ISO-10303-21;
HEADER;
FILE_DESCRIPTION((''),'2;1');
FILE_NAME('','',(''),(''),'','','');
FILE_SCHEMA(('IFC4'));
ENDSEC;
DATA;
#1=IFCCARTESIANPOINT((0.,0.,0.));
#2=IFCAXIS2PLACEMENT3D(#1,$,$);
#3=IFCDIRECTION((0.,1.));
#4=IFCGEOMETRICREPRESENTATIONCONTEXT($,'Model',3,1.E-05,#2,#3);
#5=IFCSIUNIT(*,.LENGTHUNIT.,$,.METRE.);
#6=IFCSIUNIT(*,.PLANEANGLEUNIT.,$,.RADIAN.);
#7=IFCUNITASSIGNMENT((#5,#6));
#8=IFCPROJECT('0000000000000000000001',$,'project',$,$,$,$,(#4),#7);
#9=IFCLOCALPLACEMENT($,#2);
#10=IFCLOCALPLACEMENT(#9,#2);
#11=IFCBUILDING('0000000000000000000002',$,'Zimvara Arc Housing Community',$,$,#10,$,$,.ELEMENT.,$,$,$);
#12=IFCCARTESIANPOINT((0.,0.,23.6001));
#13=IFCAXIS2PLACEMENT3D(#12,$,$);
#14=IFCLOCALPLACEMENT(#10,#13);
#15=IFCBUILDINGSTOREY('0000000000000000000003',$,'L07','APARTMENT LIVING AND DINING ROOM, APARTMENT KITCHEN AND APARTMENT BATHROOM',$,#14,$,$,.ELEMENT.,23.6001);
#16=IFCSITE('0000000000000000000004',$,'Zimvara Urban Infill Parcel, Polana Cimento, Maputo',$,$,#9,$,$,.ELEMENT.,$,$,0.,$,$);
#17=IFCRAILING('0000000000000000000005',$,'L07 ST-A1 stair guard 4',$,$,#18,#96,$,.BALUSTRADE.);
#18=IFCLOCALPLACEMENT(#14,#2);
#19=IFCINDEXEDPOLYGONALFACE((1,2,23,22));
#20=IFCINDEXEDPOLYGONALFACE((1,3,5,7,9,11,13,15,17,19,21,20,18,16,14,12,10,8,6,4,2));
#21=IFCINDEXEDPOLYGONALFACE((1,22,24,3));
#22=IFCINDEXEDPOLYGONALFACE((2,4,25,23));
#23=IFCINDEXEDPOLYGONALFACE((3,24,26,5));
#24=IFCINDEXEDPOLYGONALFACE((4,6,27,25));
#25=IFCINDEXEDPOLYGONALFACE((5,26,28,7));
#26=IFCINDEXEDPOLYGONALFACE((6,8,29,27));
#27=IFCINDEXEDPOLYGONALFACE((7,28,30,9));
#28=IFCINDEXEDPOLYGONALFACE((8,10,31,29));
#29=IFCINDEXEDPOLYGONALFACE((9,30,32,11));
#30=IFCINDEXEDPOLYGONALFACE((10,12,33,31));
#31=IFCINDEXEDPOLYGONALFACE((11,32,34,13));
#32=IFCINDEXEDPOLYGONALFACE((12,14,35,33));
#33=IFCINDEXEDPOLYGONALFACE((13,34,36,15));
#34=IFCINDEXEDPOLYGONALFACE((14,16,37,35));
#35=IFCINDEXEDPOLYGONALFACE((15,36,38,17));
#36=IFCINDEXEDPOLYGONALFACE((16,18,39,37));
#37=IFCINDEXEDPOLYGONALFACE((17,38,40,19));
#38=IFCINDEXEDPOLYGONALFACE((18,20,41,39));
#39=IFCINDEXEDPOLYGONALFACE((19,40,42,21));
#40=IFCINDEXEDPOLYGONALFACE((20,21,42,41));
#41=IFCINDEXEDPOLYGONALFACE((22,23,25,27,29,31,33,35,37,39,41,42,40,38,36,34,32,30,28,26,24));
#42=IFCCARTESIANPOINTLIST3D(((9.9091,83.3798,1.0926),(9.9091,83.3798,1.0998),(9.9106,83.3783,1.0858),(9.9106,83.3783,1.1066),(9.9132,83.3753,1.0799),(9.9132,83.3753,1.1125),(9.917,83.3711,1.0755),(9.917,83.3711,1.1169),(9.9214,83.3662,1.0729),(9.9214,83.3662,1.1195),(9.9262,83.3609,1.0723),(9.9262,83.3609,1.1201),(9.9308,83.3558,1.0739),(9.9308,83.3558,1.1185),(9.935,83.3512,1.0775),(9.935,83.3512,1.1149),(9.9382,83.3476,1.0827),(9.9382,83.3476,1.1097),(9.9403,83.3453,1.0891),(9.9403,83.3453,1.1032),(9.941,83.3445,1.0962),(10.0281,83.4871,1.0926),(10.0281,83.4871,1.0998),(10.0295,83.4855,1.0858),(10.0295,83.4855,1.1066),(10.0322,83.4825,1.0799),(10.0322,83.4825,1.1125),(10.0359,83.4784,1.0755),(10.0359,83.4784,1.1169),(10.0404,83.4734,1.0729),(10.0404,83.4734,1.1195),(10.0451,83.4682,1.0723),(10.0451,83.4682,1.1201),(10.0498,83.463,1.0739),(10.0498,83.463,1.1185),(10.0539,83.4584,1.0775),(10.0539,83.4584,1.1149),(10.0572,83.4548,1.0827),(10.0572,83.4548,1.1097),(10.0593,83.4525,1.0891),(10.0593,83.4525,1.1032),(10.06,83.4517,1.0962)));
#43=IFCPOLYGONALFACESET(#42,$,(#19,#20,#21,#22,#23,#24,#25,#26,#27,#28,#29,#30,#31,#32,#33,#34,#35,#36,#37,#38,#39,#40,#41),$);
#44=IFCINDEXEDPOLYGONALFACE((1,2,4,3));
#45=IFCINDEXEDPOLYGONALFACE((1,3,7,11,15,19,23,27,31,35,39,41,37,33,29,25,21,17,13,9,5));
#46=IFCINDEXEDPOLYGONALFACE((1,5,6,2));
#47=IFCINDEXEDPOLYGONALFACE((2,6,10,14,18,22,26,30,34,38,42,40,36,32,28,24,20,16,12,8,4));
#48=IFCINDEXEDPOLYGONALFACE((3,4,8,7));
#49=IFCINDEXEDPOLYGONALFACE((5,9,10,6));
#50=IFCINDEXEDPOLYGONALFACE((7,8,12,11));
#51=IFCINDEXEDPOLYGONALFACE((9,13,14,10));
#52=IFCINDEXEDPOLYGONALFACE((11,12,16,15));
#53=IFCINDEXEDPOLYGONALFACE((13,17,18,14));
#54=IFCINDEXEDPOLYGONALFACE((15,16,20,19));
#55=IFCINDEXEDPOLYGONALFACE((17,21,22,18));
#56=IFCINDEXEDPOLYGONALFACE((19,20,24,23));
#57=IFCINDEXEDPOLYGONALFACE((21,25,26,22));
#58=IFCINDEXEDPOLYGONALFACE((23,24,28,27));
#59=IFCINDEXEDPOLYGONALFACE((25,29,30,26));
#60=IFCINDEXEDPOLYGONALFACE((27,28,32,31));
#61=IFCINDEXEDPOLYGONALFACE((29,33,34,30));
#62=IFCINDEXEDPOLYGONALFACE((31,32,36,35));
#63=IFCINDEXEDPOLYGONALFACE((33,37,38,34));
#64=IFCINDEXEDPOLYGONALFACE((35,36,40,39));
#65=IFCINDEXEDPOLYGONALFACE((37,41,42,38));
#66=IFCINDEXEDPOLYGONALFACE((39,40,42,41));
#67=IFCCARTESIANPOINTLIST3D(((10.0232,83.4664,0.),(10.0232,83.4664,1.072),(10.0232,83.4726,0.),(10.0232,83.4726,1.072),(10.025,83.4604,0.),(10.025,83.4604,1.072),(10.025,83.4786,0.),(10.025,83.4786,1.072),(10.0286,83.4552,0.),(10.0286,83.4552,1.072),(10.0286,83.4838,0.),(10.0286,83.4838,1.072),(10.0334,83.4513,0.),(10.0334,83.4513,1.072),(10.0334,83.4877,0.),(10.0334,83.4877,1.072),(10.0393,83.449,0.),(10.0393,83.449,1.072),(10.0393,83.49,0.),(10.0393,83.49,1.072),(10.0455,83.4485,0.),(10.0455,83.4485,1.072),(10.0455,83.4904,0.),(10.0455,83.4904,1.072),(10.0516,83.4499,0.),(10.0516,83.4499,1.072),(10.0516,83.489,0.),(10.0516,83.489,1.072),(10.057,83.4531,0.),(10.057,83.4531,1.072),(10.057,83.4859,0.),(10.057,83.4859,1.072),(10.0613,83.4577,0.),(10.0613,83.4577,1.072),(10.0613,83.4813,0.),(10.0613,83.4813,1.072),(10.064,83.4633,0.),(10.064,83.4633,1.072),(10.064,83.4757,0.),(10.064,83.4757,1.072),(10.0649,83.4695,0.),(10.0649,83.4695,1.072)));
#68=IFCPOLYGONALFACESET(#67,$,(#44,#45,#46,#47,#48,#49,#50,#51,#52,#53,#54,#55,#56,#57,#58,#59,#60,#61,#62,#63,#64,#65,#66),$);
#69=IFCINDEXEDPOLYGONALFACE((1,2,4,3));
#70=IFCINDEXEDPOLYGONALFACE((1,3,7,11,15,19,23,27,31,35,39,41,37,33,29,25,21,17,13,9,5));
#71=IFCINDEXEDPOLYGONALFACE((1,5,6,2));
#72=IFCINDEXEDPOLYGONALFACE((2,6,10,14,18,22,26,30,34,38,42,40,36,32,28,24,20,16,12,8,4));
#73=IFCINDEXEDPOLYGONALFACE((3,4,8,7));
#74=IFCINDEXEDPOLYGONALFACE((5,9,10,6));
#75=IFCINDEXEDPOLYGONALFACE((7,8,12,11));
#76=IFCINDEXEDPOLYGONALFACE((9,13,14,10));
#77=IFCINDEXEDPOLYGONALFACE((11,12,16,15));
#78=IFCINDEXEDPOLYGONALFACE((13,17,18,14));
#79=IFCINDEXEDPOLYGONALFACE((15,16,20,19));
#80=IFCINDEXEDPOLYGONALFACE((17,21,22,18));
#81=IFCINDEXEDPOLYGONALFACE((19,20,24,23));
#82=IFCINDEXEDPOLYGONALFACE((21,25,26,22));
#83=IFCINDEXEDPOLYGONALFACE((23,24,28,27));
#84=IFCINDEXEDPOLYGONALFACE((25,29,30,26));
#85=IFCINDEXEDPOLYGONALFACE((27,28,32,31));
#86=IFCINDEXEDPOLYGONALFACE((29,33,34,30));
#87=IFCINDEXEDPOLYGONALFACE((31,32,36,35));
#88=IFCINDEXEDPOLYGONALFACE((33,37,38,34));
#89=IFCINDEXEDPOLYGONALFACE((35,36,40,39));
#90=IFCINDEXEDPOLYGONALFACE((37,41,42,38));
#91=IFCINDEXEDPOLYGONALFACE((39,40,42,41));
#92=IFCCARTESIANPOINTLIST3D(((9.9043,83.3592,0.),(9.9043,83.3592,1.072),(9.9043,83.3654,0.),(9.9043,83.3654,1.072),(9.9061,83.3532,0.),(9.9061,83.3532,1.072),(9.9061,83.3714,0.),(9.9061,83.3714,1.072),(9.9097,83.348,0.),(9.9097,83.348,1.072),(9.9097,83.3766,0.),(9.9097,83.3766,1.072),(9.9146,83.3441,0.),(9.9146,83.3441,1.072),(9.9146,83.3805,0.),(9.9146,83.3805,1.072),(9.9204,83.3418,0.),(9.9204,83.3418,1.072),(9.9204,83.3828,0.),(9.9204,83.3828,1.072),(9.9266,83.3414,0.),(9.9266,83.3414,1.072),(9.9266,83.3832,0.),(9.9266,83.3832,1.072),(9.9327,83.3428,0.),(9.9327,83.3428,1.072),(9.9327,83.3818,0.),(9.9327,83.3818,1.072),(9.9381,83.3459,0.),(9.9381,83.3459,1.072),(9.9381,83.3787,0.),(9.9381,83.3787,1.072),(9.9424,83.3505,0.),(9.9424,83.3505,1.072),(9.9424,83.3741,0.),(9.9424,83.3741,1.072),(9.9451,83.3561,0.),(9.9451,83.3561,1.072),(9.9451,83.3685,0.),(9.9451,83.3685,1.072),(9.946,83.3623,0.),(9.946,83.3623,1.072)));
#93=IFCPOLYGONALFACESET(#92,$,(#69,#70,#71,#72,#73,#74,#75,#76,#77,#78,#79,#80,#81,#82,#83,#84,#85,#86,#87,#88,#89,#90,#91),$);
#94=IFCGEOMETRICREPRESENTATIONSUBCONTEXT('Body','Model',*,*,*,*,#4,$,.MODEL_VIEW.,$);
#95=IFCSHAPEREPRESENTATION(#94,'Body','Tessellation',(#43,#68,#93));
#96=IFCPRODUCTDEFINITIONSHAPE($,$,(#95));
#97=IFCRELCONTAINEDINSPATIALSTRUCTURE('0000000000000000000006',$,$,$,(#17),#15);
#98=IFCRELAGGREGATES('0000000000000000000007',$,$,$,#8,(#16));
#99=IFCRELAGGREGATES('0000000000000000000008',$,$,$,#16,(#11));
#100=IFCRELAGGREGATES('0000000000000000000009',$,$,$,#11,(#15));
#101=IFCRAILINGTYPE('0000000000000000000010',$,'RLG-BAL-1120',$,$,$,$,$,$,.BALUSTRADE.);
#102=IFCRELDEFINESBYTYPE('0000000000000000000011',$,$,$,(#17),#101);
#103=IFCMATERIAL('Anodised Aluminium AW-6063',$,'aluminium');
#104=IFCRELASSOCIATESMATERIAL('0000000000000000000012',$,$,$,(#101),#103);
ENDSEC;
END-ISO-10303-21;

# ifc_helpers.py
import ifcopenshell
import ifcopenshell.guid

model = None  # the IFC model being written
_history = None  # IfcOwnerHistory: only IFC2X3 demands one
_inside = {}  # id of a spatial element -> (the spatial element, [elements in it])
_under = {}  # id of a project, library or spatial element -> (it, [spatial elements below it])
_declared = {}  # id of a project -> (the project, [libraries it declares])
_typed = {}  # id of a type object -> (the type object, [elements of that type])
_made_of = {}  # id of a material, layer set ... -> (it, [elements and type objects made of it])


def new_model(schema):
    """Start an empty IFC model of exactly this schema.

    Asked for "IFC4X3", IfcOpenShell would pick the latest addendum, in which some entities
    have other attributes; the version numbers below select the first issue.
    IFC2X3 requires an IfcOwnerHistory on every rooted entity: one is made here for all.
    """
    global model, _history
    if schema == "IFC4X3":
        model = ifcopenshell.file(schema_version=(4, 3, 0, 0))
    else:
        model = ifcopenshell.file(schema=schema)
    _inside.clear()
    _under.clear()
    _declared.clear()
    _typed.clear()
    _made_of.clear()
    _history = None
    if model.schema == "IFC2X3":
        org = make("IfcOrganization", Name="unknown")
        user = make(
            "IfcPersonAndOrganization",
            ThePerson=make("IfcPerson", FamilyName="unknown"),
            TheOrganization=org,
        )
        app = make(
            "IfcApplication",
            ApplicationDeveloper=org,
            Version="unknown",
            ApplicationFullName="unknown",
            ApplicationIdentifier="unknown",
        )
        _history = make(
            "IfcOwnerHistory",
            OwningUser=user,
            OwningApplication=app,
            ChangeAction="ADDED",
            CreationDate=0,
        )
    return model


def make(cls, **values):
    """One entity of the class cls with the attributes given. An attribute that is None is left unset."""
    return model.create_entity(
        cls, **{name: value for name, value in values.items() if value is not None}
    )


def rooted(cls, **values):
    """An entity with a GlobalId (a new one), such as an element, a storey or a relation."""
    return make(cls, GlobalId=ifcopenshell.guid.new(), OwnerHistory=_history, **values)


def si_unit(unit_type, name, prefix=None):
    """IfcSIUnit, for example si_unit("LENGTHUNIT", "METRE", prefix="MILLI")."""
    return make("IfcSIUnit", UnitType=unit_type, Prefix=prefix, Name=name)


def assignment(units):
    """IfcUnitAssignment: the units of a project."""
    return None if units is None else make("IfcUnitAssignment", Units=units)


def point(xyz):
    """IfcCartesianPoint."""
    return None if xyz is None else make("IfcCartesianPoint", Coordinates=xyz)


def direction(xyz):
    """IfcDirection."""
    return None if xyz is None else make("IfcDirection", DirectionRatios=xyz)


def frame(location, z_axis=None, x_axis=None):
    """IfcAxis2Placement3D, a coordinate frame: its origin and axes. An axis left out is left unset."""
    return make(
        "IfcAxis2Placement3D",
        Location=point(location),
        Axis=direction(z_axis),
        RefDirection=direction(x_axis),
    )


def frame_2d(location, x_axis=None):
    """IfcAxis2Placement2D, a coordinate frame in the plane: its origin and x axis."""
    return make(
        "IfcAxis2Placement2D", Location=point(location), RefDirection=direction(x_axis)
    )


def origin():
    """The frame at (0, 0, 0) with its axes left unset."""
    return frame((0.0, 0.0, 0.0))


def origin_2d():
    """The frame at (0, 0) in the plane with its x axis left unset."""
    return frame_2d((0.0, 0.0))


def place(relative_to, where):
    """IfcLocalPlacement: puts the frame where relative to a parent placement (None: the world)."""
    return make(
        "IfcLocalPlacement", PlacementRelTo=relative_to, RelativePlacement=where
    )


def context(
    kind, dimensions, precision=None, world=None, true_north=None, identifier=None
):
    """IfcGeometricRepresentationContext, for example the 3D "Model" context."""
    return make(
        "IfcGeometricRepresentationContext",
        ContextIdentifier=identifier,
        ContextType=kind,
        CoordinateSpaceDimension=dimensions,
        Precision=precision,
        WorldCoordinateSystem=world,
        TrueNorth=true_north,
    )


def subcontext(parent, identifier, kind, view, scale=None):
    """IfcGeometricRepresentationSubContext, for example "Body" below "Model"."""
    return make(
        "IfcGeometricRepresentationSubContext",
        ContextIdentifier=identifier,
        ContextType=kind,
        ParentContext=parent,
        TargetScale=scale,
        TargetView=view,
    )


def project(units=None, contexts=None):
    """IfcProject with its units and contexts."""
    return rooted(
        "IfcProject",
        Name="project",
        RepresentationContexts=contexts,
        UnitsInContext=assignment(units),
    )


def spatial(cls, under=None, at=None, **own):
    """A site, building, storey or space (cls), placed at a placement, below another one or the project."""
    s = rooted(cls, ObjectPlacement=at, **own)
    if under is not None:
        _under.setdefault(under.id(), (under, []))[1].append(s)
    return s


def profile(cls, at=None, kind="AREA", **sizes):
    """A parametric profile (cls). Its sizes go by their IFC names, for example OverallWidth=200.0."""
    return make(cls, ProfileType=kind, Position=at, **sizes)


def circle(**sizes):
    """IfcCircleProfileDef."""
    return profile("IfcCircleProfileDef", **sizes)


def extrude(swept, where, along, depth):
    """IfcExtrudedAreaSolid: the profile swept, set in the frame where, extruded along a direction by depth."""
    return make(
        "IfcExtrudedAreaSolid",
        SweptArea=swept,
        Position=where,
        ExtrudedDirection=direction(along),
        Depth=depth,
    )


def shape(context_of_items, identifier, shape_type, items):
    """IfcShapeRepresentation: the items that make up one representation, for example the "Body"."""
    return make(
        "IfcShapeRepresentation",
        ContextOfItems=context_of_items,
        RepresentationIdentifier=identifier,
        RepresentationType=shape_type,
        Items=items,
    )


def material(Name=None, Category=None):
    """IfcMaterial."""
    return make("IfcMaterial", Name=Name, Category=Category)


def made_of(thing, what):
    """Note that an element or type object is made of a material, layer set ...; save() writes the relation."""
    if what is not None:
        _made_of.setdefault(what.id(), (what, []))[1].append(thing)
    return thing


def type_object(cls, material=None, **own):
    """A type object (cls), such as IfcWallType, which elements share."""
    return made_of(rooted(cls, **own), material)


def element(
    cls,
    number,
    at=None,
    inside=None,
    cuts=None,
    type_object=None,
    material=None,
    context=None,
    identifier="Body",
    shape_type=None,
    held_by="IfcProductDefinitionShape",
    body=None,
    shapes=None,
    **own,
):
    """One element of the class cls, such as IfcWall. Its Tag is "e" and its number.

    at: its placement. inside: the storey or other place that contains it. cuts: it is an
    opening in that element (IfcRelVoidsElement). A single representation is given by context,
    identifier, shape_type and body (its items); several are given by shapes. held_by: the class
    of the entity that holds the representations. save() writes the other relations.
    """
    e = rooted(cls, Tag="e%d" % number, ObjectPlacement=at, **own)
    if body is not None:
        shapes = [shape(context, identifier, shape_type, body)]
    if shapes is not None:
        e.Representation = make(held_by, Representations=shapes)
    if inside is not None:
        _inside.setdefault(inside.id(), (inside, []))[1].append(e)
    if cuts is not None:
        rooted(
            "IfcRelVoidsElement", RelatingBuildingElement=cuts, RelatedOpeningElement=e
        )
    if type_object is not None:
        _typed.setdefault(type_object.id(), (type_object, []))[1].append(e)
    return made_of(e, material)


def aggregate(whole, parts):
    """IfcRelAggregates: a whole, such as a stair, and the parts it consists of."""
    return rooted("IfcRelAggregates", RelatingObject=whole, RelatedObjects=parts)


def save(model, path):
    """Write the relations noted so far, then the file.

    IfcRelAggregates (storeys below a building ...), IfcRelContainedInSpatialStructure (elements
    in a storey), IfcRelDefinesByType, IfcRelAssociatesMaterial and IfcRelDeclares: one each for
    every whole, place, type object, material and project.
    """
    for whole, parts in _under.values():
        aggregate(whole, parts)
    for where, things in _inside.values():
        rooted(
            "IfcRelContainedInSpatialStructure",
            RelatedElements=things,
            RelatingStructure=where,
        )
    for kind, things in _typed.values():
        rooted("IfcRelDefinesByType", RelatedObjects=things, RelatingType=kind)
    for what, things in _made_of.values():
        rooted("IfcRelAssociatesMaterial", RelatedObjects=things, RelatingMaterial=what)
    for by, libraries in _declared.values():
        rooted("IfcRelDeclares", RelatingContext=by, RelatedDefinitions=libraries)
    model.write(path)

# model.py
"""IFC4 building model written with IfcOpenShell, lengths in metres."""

from ifc_helpers import new_model, si_unit, direction, frame, origin, origin_2d, place, context, subcontext, project, spatial, circle, extrude, material, type_object, element, save


model = new_model("IFC4")

# Units and contexts
model_context = context("Model", 3, precision=1e-05, world=origin(), true_north=direction((0.0, 1.0)))
body_context = subcontext(model_context, "Body", "Model", "MODEL_VIEW")
ifc_project = project(units=[si_unit("LENGTHUNIT", "METRE"), si_unit("PLANEANGLEUNIT", "RADIAN")], contexts=[model_context])

# Site, building, storey
site_placement = place(None, origin())
site = spatial("IfcSite", under=ifc_project, at=site_placement, Name="Zimvara Urban Infill Parcel, Polana Cimento, Maputo", CompositionType="ELEMENT", RefElevation=0.0)
building_placement = place(site_placement, origin())
building = spatial("IfcBuilding", under=site, at=building_placement, Name="Zimvara Arc Housing Community", CompositionType="ELEMENT")
storey_placement = place(building_placement, frame((0.0, 0.0, 23.6001)))
storey = spatial("IfcBuildingStorey", under=building, at=storey_placement, Name="L07", Description="APARTMENT LIVING AND DINING ROOM, APARTMENT KITCHEN AND APARTMENT BATHROOM", CompositionType="ELEMENT", Elevation=23.6001)

# Railing
ifc_material_1 = material(Name="Anodised Aluminium AW-6063", Category="aluminium")
railing_type_1 = type_object("IfcRailingType", Name="RLG-BAL-1120", PredefinedType="BALUSTRADE", material=ifc_material_1)
railing_1_placement = place(storey_placement, frame((10.0439, 83.4695, 0.0)))
element("IfcRailing", 1, at=railing_1_placement, inside=storey, type_object=railing_type_1, Name="L07 ST-A1 stair guard 4", PredefinedType="BALUSTRADE", context=body_context, shape_type="SweptSolid", body=[
    extrude(circle(Radius=0.0239, at=origin_2d()), frame((0.0, 0.0, 1.0962), z_axis=(-0.742763, -0.669554, 0.0), x_axis=(0.669554, -0.742763, 0.0)), (0.0, 0.0, 1.0), 0.1602),
    extrude(circle(Radius=0.021, at=origin_2d()), origin(), (0.0, 0.0, 1.0), 1.072),
    extrude(circle(Radius=0.021, at=origin_2d()), frame((-0.1189, -0.1072, 0.0)), (0.0, 0.0, 1.0), 1.072),
])

save(model, "model.ifc")
